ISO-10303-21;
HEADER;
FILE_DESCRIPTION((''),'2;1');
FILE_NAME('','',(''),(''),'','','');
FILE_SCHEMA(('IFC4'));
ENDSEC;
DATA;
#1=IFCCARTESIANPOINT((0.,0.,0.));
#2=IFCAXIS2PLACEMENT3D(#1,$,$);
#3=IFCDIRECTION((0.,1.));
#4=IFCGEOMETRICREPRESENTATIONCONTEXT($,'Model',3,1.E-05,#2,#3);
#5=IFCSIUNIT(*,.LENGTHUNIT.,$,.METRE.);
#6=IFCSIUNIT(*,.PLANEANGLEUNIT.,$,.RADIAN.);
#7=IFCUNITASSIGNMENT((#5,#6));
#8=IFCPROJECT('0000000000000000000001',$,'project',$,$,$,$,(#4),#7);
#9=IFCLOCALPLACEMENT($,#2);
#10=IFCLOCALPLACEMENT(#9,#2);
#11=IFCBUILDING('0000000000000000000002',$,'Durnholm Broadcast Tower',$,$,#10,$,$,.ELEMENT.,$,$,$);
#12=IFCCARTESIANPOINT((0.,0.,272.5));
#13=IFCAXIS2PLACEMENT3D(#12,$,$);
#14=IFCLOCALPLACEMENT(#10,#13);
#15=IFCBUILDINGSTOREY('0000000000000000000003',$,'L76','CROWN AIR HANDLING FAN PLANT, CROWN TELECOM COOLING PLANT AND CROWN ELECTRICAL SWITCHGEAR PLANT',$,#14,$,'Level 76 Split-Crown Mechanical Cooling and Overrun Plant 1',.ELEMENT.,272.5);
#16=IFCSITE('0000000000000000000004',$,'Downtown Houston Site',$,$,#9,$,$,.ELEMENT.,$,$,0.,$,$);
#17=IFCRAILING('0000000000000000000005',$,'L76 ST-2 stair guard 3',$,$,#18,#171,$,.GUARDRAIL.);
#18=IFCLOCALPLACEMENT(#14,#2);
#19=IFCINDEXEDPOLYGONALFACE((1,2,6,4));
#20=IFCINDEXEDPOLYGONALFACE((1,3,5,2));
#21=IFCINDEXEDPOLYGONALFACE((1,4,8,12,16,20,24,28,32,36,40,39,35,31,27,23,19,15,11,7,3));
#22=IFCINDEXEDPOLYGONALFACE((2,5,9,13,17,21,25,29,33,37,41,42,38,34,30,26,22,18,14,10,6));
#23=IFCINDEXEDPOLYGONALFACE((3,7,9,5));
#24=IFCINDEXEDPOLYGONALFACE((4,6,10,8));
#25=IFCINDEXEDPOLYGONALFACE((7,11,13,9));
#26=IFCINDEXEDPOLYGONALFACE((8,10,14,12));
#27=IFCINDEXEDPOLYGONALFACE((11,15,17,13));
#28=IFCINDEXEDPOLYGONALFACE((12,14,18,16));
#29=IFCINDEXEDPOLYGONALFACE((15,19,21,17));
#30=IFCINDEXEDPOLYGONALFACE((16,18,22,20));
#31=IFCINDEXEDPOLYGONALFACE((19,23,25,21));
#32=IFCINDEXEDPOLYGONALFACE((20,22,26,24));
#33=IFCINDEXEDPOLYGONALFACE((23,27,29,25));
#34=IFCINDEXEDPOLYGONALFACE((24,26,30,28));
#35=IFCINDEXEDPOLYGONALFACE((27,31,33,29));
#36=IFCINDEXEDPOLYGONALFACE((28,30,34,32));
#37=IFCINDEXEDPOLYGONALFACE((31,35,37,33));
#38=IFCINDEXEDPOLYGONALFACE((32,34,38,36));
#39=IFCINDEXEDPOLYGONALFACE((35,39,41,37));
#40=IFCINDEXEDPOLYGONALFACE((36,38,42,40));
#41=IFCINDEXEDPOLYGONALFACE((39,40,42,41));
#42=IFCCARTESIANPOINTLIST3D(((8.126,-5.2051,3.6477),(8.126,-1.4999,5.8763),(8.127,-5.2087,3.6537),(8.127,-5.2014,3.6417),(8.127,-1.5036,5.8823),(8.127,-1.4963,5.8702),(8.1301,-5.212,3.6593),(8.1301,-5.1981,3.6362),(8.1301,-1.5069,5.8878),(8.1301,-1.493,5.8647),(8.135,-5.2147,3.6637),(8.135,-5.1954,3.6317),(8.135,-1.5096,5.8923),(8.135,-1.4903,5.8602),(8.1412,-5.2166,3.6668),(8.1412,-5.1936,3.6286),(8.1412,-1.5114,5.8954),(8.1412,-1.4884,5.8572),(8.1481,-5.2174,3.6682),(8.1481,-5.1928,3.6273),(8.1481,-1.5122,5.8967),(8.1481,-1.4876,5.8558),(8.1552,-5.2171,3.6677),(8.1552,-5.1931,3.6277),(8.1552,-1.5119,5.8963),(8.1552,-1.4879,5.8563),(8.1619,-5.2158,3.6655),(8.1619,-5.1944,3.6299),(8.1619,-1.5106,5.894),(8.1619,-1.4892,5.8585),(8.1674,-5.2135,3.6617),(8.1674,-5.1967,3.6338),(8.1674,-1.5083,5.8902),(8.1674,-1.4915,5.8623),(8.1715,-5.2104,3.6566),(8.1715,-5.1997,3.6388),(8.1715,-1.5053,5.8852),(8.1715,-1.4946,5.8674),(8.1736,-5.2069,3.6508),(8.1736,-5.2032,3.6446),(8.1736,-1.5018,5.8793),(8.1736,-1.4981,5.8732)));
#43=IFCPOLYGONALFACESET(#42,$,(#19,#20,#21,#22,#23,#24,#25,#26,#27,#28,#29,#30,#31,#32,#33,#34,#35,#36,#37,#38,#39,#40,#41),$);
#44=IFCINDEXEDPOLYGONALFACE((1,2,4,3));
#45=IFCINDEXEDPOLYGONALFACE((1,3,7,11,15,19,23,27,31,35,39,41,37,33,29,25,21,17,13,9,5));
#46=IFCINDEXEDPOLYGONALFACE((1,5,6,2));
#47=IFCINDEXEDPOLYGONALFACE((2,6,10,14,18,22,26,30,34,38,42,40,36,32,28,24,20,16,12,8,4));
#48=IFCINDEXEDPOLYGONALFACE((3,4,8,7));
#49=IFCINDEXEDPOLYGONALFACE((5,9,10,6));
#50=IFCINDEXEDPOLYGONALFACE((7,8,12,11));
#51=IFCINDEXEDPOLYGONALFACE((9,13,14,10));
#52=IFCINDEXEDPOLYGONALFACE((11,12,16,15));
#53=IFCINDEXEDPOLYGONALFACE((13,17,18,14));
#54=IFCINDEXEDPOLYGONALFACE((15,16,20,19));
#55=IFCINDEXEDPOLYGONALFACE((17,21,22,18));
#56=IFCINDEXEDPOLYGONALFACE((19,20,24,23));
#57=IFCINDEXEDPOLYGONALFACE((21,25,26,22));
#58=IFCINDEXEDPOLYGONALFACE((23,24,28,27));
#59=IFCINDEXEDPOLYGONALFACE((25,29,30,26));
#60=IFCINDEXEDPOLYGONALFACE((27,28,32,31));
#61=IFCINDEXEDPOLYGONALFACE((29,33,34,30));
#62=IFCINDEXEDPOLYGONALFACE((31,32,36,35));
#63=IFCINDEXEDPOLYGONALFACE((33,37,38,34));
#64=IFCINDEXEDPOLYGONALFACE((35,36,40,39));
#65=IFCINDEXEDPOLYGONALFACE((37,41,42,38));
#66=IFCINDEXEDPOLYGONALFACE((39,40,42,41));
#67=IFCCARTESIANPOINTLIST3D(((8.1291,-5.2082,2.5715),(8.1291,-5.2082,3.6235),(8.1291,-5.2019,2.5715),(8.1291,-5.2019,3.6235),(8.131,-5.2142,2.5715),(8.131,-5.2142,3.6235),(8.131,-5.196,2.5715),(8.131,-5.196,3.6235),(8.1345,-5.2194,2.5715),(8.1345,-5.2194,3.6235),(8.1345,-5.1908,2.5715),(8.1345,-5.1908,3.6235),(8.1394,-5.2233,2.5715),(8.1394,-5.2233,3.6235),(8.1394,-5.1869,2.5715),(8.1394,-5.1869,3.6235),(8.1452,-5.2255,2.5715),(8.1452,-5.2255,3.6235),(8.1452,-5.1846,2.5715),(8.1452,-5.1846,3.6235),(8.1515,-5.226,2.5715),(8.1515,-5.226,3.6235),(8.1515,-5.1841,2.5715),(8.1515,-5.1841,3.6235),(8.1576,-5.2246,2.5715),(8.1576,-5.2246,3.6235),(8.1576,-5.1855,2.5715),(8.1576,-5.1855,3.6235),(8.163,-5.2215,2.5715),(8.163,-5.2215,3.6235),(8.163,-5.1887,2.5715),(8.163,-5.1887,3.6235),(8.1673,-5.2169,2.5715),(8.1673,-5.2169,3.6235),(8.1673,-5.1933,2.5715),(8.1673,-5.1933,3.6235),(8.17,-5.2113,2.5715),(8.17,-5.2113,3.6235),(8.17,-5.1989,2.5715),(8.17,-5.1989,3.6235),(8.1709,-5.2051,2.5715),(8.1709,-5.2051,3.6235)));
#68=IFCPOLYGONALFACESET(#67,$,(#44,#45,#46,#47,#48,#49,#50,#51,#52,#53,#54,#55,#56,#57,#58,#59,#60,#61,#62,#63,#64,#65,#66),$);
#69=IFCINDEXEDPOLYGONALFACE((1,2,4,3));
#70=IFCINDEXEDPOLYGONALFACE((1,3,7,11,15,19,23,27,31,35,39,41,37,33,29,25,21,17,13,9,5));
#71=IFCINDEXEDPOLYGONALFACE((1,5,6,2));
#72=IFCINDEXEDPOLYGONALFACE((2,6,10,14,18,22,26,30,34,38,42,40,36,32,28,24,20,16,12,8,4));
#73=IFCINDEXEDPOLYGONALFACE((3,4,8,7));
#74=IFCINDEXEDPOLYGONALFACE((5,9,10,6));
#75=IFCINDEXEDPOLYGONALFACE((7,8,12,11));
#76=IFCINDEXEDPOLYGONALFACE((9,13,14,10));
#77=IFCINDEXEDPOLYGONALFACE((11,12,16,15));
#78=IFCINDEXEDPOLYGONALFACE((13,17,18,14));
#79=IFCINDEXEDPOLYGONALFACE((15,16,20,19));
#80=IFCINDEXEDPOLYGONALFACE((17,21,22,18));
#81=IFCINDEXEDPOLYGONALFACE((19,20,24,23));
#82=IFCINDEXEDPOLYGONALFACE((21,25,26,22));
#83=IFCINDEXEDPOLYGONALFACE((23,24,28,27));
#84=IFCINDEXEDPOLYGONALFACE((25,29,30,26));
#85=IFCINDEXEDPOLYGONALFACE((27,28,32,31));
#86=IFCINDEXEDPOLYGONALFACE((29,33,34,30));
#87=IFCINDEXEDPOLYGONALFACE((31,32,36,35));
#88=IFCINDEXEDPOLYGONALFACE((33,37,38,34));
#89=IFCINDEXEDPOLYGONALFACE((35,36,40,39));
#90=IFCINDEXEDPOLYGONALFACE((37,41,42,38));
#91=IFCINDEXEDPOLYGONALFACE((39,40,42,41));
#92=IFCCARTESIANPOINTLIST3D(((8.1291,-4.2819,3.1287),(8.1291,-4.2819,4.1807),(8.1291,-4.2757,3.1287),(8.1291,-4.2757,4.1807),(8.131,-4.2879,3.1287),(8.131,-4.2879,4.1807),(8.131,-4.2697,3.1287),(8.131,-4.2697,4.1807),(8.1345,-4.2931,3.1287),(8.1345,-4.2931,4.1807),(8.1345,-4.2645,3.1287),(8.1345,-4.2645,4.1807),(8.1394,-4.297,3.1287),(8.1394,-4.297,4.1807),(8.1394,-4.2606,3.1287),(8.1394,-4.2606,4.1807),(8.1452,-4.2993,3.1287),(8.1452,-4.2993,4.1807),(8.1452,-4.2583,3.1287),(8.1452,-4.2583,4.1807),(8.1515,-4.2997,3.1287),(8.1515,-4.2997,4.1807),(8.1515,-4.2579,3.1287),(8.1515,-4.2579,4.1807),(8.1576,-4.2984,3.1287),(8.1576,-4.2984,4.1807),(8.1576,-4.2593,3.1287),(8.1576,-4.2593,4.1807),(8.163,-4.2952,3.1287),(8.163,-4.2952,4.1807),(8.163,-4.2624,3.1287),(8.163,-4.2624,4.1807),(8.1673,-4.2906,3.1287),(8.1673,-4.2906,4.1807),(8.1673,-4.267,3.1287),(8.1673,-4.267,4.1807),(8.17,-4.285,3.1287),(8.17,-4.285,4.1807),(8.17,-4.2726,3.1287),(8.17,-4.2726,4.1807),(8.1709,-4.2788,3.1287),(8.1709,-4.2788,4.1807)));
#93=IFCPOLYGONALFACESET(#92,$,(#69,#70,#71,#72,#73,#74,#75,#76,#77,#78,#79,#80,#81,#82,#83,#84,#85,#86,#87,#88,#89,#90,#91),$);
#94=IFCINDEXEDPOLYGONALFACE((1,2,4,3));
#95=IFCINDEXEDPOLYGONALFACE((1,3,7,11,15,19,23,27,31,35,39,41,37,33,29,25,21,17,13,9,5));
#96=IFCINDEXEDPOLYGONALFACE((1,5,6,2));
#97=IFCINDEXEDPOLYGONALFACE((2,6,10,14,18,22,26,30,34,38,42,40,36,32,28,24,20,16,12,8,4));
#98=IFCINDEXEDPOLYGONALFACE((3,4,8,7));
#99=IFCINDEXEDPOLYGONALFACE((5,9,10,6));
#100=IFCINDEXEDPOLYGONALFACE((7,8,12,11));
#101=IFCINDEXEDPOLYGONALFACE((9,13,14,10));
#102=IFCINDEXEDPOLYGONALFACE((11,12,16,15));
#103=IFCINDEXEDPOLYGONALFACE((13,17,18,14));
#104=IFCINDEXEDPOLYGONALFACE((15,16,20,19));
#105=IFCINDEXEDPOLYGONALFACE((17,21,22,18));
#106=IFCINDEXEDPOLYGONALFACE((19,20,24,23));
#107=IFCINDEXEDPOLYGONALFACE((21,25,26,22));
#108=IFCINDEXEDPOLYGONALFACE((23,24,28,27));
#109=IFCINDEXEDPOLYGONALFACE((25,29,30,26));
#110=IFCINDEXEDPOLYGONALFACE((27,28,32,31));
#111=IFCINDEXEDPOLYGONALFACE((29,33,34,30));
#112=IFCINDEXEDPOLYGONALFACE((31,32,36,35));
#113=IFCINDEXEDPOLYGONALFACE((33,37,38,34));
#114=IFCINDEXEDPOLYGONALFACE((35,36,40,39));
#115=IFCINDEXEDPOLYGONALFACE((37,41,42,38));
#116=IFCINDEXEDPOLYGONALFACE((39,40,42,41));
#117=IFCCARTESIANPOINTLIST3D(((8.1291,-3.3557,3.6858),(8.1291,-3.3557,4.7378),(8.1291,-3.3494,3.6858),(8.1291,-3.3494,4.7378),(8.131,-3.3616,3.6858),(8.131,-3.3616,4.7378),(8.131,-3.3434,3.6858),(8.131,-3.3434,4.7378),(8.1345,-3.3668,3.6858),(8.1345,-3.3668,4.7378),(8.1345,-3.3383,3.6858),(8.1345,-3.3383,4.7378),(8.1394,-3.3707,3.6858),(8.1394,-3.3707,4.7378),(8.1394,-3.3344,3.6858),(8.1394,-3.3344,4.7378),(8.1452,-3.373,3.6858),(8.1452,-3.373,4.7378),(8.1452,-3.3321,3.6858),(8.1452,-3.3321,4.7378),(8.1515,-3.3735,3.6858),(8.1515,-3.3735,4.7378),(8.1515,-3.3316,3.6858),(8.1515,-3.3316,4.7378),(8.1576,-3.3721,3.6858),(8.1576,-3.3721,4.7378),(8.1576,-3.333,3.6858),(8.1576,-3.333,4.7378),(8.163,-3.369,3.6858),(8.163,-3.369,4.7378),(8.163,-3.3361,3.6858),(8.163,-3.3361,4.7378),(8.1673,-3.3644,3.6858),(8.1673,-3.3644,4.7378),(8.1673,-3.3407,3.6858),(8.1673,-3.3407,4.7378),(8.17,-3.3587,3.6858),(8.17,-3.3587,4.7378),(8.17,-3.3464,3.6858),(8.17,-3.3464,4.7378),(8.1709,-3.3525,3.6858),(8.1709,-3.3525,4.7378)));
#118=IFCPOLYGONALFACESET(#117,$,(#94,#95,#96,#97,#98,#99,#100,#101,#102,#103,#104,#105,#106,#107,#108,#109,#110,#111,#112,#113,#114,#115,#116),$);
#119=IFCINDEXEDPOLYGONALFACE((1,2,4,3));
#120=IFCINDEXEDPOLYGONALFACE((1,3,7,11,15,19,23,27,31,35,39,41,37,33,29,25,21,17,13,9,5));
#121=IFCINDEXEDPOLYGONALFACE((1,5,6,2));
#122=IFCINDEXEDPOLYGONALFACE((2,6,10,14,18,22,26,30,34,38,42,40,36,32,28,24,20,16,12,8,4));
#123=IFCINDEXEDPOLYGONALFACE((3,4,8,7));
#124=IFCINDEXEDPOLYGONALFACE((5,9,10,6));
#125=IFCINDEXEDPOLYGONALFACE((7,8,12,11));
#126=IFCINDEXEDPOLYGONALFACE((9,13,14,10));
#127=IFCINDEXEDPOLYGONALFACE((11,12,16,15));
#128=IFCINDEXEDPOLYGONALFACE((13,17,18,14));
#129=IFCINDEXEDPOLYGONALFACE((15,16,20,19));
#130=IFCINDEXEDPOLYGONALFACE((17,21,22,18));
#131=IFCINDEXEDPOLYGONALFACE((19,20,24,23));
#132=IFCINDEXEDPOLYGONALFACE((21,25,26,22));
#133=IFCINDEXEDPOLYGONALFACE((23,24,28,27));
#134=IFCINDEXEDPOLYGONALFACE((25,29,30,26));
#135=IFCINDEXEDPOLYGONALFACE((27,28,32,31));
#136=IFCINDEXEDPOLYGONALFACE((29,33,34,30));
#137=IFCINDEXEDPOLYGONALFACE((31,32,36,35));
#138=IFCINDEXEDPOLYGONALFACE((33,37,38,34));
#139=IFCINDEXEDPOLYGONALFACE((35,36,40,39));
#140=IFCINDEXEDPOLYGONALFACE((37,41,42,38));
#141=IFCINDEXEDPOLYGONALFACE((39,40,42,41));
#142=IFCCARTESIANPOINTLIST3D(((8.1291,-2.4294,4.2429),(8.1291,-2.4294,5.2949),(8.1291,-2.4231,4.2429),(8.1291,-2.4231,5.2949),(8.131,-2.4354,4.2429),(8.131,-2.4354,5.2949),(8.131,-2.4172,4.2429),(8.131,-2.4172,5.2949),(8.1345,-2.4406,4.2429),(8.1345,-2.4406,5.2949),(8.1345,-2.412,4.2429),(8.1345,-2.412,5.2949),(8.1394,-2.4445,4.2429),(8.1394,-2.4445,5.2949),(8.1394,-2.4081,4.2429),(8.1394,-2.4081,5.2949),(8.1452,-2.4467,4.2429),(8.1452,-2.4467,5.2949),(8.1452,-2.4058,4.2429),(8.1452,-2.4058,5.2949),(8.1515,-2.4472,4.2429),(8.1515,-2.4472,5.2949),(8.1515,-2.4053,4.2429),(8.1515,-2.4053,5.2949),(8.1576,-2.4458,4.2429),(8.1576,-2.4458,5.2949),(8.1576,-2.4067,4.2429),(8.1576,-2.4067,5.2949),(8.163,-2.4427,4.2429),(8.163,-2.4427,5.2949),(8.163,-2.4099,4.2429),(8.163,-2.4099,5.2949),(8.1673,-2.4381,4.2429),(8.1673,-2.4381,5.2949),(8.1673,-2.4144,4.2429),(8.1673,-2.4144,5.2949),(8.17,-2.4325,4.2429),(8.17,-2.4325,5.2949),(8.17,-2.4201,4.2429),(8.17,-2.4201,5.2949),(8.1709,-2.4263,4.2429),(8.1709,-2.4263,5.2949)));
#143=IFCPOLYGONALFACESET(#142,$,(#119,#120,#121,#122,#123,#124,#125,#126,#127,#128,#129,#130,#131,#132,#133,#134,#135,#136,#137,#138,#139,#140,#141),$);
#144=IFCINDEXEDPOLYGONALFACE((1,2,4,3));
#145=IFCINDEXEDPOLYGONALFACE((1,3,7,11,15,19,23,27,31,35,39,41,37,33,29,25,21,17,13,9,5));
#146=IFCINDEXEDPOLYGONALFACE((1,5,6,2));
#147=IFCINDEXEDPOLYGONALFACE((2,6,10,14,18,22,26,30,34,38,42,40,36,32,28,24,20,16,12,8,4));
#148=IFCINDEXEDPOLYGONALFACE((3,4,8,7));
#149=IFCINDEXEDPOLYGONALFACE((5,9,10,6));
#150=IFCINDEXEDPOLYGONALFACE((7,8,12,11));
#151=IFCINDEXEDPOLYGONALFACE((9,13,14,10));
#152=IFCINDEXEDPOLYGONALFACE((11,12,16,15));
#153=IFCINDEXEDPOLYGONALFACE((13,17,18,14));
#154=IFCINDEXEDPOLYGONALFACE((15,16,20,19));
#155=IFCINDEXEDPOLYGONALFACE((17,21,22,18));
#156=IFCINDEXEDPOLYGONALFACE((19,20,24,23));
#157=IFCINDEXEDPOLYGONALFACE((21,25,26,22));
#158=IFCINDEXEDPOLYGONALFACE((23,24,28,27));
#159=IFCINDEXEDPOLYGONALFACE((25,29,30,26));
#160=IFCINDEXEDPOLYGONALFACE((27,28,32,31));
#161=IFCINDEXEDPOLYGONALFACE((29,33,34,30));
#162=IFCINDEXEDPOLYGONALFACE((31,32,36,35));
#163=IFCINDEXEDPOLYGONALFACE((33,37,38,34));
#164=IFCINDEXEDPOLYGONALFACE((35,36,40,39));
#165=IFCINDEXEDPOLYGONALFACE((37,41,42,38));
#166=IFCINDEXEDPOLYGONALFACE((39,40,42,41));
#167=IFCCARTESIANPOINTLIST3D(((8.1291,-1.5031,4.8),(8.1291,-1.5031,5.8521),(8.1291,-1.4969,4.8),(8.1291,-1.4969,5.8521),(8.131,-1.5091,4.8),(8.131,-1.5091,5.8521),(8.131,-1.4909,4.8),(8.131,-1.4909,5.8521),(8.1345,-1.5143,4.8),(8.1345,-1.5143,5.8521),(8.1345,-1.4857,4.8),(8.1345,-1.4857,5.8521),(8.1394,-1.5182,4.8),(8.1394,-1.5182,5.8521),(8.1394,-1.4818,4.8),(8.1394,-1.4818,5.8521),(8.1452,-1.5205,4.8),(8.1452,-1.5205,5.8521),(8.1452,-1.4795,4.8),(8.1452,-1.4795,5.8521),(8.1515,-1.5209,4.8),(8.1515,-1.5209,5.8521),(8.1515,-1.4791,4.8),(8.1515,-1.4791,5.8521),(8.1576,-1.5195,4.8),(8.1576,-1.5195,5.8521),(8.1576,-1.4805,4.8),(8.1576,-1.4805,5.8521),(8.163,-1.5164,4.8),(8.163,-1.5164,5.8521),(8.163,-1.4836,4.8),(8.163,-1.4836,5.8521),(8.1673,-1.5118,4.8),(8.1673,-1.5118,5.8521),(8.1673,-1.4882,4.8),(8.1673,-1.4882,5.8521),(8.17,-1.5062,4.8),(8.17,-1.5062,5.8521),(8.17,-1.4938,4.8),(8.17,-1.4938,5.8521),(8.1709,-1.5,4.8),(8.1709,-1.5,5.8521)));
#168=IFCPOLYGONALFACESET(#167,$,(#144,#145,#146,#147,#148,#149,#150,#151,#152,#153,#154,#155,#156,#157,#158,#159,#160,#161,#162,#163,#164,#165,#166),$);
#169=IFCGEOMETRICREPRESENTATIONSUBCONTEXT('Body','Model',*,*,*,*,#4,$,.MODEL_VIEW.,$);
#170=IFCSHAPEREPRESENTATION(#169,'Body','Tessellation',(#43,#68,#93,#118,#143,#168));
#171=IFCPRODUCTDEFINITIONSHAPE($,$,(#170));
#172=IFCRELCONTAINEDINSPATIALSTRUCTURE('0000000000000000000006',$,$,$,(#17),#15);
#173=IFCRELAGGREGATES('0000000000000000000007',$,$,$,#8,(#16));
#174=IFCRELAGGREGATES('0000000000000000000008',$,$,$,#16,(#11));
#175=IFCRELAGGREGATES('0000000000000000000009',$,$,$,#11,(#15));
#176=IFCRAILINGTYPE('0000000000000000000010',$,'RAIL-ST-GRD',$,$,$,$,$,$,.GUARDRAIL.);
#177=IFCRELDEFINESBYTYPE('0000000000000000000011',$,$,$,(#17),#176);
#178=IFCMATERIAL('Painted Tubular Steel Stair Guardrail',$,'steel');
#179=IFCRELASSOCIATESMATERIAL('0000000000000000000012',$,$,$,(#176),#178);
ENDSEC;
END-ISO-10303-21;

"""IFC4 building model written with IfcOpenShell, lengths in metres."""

from ifc_helpers import new_model, si_unit, direction, frame, origin, origin_2d, place, context, subcontext, project, spatial, circle, extrude, material, type_object, element, save


model = new_model("IFC4")

# Units and contexts
model_context = context("Model", 3, precision=1e-05, world=origin(), true_north=direction((0.0, 1.0)))
body_context = subcontext(model_context, "Body", "Model", "MODEL_VIEW")
ifc_project = project(units=[si_unit("LENGTHUNIT", "METRE"), si_unit("PLANEANGLEUNIT", "RADIAN")], contexts=[model_context])

# Site, building, storey
site_placement = place(None, origin())
site = spatial("IfcSite", under=ifc_project, at=site_placement, Name="Downtown Houston Site", CompositionType="ELEMENT", RefElevation=0.0)
building_placement = place(site_placement, origin())
building = spatial("IfcBuilding", under=site, at=building_placement, Name="Durnholm Broadcast Tower", CompositionType="ELEMENT")
storey_placement = place(building_placement, frame((0.0, 0.0, 272.5)))
storey = spatial("IfcBuildingStorey", under=building, at=storey_placement, Name="L76", Description="CROWN AIR HANDLING FAN PLANT, CROWN TELECOM COOLING PLANT AND CROWN ELECTRICAL SWITCHGEAR PLANT", LongName="Level 76 Split-Crown Mechanical Cooling and Overrun Plant 1", CompositionType="ELEMENT", Elevation=272.5)

# Railing
ifc_material_1 = material(Name="Painted Tubular Steel Stair Guardrail", Category="steel")
railing_type_1 = type_object("IfcRailingType", Name="RAIL-ST-GRD", PredefinedType="GUARDRAIL", material=ifc_material_1)
railing_1_placement = place(storey_placement, frame((8.1499, -5.2051, 2.5715)))
element("IfcRailing", 1, at=railing_1_placement, inside=storey, type_object=railing_type_1, Name="L76 ST-2 stair guard 3", PredefinedType="GUARDRAIL", context=body_context, shape_type="SweptSolid", body=[
    extrude(circle(Radius=0.0239, at=origin_2d()), frame((0.0, 0.0, 1.0762), z_axis=(0.0, 0.856934, 0.515425), x_axis=(-1.0, 0.0, 0.0)), (0.0, 0.0, 1.0), 4.3237),
    extrude(circle(Radius=0.021, at=origin_2d()), origin(), (0.0, 0.0, 1.0), 1.052),
    extrude(circle(Radius=0.021, at=origin_2d()), frame((0.0, 0.9263, 0.5571)), (0.0, 0.0, 1.0), 1.052),
    extrude(circle(Radius=0.021, at=origin_2d()), frame((0.0, 1.8525, 1.1143)), (0.0, 0.0, 1.0), 1.052),
    extrude(circle(Radius=0.021, at=origin_2d()), frame((0.0, 2.7788, 1.6714)), (0.0, 0.0, 1.0), 1.052),
    extrude(circle(Radius=0.021, at=origin_2d()), frame((0.0, 3.7051, 2.2285)), (0.0, 0.0, 1.0), 1.052),
])

save(model, "model.ifc")
